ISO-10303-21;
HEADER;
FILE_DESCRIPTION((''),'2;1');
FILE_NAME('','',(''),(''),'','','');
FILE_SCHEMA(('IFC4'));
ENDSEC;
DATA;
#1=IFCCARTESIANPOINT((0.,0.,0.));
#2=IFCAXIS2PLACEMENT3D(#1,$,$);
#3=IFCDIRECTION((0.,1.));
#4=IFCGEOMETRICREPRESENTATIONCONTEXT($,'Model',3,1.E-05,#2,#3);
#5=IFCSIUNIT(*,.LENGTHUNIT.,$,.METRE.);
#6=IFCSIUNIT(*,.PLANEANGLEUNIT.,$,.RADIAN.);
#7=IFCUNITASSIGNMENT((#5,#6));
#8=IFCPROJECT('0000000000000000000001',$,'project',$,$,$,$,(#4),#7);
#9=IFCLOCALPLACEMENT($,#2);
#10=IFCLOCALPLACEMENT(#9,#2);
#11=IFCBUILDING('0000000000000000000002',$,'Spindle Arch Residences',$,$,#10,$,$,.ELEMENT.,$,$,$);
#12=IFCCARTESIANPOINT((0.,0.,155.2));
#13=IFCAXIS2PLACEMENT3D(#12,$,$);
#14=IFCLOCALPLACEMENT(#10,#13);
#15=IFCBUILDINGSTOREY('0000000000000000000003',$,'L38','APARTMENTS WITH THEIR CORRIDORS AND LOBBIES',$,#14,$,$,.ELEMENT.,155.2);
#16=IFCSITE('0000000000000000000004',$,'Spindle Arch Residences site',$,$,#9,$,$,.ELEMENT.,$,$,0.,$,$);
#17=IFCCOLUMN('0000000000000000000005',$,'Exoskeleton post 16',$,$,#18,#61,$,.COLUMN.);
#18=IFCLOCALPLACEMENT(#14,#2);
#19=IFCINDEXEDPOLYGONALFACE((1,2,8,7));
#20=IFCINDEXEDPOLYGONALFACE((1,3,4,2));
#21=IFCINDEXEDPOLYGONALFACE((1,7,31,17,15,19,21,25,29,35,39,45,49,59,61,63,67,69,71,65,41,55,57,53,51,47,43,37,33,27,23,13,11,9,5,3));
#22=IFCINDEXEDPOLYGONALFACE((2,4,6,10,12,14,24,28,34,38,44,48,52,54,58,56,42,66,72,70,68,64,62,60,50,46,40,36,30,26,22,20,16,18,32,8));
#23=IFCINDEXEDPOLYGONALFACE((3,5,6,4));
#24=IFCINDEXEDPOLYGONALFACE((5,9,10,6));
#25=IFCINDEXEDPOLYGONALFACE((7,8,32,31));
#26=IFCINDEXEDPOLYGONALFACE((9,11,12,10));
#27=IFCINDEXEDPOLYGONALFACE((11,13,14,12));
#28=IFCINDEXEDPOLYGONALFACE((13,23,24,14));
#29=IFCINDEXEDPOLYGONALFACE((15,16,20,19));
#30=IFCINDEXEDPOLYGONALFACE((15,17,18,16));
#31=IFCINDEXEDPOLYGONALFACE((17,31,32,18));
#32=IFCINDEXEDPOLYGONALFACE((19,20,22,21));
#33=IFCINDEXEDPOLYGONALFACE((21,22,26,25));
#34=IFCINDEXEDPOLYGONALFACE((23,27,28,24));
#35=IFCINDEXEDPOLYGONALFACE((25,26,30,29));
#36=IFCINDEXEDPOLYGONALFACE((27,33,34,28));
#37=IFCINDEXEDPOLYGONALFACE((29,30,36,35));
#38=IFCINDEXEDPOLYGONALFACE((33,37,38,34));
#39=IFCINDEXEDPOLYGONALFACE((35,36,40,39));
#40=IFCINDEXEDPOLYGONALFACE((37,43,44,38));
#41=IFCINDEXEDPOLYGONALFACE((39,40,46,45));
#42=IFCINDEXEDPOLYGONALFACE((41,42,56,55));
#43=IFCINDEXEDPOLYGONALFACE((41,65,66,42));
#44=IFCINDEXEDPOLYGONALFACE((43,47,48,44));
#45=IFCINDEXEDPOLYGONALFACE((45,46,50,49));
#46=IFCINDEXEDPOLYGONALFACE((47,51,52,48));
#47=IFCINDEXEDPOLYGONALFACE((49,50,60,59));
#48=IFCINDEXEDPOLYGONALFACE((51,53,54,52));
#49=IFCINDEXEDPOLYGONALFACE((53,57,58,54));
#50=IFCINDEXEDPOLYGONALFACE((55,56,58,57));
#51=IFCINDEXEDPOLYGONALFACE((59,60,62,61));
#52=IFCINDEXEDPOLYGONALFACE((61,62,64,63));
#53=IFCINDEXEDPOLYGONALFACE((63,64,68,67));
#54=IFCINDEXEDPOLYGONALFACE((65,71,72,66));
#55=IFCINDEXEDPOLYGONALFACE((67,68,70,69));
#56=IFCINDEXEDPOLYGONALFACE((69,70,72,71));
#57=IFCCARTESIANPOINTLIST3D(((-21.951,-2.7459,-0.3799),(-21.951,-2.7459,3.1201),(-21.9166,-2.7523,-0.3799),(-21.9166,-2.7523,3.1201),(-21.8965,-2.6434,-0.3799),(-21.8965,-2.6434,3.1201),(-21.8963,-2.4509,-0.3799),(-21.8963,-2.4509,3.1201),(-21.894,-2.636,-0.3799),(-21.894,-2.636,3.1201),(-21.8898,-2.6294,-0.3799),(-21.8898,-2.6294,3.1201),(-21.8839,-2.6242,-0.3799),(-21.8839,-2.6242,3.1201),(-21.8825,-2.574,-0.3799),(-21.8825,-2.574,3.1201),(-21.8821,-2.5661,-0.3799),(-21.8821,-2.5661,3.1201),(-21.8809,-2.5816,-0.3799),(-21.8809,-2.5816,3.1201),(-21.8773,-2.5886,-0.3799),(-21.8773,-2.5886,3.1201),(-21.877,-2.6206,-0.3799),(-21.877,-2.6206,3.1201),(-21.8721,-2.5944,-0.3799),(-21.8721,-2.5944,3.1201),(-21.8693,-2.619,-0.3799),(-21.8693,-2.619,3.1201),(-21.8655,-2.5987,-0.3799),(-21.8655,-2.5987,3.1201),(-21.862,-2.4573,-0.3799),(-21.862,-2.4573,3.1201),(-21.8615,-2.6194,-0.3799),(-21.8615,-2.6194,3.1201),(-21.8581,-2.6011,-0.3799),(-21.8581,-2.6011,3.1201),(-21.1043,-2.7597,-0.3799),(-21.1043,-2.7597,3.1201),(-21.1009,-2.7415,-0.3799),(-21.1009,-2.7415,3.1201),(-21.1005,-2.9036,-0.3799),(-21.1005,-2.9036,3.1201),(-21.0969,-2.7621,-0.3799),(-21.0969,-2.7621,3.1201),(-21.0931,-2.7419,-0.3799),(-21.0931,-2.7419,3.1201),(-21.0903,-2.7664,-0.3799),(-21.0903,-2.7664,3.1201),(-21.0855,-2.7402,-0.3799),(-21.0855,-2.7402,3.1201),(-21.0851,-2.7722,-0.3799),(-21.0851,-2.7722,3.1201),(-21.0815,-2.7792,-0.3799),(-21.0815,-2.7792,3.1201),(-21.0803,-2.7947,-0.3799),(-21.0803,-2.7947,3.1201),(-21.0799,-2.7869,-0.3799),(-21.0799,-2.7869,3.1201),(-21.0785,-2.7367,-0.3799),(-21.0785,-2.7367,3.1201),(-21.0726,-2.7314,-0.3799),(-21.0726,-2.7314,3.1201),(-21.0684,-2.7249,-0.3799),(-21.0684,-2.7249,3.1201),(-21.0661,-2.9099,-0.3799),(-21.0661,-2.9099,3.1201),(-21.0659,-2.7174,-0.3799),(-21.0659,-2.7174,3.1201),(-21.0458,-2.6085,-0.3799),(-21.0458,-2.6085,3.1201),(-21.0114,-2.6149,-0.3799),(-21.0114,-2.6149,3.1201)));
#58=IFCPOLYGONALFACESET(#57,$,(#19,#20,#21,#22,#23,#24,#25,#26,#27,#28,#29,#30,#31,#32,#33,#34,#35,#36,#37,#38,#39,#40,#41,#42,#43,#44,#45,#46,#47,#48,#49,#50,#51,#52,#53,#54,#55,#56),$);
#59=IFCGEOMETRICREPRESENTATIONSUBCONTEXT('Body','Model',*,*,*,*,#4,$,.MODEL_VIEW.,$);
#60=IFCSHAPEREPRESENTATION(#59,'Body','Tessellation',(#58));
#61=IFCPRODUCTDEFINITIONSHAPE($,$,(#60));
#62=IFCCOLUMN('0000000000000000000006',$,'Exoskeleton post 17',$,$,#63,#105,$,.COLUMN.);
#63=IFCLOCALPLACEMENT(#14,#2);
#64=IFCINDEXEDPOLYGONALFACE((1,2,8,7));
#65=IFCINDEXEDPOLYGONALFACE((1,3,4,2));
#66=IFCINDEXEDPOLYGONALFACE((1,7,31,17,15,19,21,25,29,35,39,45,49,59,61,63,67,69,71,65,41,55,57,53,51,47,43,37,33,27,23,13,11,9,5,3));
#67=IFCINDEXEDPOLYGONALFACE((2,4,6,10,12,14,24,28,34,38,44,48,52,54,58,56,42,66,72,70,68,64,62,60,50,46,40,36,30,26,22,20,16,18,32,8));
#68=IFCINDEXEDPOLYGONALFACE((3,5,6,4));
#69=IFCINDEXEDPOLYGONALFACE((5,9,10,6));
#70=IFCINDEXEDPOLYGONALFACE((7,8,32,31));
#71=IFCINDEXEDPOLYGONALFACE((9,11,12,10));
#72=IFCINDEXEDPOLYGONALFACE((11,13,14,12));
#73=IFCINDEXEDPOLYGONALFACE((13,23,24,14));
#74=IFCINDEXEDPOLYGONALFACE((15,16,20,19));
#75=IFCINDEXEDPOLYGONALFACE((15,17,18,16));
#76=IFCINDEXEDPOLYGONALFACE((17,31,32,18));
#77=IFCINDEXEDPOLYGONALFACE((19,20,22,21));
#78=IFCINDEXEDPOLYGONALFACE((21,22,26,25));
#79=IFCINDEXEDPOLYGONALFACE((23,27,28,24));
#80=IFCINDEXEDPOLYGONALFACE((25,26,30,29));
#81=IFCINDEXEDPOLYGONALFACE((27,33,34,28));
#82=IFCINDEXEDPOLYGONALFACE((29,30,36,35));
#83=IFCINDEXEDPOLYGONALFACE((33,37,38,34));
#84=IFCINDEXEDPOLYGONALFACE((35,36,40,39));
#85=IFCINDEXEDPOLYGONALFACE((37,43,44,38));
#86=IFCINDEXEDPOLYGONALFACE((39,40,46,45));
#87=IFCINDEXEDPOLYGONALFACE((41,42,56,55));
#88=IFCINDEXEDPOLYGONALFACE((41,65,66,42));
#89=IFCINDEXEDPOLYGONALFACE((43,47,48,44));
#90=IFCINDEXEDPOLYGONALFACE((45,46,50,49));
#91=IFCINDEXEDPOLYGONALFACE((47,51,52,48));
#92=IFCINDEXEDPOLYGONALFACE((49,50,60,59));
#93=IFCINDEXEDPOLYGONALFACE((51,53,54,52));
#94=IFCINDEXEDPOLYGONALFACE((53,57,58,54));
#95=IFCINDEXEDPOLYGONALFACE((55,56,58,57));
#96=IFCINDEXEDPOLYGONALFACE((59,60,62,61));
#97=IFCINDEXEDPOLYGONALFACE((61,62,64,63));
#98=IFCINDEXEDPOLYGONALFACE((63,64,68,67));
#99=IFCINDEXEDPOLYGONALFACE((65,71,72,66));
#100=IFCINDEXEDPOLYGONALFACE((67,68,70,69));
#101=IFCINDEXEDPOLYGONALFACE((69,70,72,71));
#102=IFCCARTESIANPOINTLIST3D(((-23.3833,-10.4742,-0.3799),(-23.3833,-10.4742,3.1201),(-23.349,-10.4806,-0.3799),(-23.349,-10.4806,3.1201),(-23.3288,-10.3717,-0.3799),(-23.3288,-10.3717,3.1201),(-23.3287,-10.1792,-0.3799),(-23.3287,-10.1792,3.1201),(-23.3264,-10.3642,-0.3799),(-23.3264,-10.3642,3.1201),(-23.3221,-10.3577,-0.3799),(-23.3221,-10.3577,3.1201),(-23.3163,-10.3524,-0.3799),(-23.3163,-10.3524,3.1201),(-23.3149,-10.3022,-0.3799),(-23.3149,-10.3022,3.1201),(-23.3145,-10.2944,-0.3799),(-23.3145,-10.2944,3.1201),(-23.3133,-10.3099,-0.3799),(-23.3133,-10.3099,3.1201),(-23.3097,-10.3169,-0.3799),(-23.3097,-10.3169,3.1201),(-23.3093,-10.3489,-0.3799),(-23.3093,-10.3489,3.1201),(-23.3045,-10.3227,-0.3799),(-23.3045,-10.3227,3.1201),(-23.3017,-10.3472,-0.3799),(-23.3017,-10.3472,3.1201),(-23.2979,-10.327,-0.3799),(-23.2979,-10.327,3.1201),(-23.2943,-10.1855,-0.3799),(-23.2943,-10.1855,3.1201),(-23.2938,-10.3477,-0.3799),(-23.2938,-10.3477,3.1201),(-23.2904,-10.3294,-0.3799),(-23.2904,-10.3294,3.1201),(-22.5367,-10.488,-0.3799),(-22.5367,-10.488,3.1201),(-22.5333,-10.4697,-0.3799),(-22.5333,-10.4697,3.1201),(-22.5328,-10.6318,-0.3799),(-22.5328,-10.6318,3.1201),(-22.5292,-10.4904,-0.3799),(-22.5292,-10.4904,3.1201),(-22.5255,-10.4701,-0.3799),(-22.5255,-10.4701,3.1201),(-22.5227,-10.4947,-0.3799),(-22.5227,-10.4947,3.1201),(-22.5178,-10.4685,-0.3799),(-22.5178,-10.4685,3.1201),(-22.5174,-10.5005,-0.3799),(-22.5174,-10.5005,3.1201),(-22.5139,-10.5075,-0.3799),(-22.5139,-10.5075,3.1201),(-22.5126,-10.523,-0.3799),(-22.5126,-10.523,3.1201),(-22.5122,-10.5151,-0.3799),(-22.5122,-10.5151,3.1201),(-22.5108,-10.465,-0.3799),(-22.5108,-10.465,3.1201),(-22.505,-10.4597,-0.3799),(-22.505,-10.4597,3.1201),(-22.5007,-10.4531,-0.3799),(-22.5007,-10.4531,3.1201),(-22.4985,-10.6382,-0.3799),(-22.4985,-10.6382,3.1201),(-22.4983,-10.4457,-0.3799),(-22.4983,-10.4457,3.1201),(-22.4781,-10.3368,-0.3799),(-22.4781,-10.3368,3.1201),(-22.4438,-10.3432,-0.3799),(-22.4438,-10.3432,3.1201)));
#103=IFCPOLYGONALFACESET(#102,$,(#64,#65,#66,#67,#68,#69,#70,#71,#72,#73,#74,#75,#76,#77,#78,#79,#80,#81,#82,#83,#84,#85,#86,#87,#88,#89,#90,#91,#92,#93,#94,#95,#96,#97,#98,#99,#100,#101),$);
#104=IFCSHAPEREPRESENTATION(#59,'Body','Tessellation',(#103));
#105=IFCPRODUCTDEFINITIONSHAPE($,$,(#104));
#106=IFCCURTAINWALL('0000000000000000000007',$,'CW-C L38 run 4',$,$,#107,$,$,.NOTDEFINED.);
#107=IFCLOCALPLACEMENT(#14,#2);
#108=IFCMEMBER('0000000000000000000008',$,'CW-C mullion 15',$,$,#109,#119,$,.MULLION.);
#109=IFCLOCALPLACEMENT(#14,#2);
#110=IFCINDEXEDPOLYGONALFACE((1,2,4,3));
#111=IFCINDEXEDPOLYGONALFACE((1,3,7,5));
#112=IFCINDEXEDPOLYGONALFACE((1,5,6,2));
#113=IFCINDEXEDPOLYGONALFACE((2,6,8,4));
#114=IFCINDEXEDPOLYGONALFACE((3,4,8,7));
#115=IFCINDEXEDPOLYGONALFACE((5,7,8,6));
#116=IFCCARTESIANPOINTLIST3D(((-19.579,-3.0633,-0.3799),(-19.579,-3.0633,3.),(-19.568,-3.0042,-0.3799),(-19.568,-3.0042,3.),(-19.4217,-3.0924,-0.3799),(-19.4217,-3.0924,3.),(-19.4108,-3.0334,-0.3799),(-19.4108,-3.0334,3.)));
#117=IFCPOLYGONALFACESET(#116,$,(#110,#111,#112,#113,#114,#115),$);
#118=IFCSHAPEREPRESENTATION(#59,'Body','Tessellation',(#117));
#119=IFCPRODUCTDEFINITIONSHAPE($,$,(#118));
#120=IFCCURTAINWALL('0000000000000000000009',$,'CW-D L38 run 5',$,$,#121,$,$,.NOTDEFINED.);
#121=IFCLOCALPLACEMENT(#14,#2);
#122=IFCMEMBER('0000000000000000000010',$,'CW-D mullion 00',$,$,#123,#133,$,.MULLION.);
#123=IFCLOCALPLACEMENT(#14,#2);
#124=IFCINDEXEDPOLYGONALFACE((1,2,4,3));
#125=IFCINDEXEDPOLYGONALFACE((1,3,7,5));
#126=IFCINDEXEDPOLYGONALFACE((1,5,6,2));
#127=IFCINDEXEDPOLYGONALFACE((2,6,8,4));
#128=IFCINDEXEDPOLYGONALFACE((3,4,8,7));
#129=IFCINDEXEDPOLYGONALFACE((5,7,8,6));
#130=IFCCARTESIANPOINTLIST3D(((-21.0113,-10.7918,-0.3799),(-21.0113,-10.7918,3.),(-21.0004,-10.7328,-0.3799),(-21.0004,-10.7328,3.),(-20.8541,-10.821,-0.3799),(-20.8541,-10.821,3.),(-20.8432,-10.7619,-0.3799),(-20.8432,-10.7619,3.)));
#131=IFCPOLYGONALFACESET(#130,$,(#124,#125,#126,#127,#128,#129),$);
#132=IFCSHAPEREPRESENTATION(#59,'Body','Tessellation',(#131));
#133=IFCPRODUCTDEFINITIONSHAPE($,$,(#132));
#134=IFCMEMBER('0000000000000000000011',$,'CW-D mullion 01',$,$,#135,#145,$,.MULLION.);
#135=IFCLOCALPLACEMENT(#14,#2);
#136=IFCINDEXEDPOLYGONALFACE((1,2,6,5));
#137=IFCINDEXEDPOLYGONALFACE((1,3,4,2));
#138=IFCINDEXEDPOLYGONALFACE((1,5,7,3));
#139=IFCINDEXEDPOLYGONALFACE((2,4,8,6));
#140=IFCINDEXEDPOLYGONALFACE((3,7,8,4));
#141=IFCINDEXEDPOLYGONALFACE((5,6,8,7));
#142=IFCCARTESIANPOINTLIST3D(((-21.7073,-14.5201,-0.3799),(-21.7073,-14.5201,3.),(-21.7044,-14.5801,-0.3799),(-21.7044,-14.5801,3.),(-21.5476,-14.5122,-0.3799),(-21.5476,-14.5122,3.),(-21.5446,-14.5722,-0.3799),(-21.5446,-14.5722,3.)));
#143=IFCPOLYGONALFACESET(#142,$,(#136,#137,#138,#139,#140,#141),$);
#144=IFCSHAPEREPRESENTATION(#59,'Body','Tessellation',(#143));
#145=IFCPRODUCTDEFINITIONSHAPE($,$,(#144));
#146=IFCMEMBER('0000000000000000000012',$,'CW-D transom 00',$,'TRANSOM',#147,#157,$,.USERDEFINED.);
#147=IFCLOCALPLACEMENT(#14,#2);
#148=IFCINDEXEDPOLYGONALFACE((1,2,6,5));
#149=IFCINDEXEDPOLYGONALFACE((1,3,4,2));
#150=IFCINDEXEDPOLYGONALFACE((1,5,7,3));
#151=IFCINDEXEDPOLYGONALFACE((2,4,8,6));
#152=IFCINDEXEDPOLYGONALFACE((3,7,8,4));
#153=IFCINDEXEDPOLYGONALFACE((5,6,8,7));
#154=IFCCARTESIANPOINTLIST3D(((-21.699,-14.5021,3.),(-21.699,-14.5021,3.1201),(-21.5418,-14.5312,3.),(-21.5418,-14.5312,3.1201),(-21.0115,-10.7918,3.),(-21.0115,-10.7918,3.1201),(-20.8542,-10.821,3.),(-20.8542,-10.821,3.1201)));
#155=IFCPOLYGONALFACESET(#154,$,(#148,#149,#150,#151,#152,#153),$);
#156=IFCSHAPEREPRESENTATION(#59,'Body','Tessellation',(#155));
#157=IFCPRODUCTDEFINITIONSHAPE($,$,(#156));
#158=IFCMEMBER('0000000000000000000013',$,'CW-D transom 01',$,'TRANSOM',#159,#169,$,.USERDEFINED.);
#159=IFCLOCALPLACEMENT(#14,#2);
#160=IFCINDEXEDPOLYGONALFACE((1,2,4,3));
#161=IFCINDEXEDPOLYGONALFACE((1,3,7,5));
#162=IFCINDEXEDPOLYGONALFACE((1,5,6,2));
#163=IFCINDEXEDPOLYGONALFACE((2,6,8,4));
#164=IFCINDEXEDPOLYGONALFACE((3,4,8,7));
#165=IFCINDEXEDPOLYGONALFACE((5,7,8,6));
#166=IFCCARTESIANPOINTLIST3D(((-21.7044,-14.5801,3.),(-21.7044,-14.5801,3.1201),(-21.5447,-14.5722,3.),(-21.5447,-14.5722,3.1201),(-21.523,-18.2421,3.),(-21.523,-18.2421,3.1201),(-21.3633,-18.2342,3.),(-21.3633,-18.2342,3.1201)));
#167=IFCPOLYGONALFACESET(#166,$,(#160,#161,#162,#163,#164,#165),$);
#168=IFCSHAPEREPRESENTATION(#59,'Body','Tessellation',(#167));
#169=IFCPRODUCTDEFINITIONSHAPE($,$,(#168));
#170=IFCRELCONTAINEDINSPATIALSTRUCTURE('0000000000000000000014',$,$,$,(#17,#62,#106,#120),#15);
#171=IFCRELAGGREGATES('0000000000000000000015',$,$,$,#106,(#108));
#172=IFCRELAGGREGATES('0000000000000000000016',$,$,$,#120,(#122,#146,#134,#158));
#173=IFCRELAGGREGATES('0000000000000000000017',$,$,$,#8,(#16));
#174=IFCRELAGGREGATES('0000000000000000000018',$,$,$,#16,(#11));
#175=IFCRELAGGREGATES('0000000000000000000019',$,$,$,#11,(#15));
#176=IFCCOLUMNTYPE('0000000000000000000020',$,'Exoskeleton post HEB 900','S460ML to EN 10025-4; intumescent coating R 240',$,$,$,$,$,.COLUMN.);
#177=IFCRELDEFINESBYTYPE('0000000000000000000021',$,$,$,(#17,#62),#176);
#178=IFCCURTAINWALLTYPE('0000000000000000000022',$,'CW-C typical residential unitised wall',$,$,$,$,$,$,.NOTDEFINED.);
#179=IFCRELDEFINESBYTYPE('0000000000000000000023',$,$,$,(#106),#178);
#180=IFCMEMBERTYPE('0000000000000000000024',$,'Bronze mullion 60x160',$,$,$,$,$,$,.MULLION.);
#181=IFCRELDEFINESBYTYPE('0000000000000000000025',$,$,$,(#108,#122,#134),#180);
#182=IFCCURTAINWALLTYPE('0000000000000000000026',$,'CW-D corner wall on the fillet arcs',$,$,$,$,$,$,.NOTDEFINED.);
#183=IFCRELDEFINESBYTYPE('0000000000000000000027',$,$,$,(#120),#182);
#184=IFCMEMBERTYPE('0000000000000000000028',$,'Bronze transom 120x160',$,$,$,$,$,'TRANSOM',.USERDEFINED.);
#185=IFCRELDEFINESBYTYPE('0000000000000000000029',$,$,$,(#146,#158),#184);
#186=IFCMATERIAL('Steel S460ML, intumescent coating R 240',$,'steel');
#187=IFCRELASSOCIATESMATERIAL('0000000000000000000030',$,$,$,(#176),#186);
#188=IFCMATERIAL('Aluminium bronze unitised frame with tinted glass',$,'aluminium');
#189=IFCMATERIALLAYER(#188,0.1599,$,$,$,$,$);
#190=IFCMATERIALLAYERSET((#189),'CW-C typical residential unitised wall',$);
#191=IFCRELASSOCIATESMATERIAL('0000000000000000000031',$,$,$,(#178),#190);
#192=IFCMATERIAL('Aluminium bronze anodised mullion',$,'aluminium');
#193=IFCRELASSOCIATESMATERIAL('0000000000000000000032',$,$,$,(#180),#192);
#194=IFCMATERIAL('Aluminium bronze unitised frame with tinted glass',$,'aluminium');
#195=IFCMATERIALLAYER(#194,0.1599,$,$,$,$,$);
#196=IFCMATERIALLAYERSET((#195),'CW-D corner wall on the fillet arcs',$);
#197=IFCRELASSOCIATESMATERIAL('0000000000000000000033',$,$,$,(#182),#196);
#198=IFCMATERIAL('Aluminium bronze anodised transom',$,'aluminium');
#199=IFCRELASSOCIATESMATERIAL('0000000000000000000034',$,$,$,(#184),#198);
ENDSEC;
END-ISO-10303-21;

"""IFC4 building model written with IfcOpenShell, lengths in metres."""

from ifc_helpers import new_model, si_unit, direction, frame, origin, origin_2d, place, context, subcontext, project, spatial, rectangle, i_section, extrude, material, layer, layer_set, material_profile, profile_set, type_object, element, aggregate, save


model = new_model("IFC4")

# Units and contexts
model_context = context("Model", 3, precision=1e-05, world=origin(), true_north=direction((0.0, 1.0)))
body_context = subcontext(model_context, "Body", "Model", "MODEL_VIEW")
ifc_project = project(units=[si_unit("LENGTHUNIT", "METRE"), si_unit("PLANEANGLEUNIT", "RADIAN")], contexts=[model_context])

# Site, building, storey
site_placement = place(None, origin())
site = spatial("IfcSite", under=ifc_project, at=site_placement, Name="Spindle Arch Residences site", CompositionType="ELEMENT", RefElevation=0.0)
building_placement = place(site_placement, origin())
building = spatial("IfcBuilding", under=site, at=building_placement, Name="Spindle Arch Residences", CompositionType="ELEMENT")
storey_placement = place(building_placement, frame((0.0, 0.0, 155.2)))
storey = spatial("IfcBuildingStorey", under=building, at=storey_placement, Name="L38", Description="APARTMENTS WITH THEIR CORRIDORS AND LOBBIES", CompositionType="ELEMENT", Elevation=155.2)

# Columns
ifc_material_1 = material(Name="Steel S460ML, intumescent coating R 240", Category="steel")
ifc_material_profile_1 = material_profile(ifc_material_1, i_section(OverallWidth=0.3, OverallDepth=0.8999, WebThickness=0.0186, FlangeThickness=0.0349, FilletRadius=0.03, at=origin_2d()), Name="HEB 900")
ifc_profile_set_1 = profile_set([ifc_material_profile_1], Name="Steel S460ML, intumescent coating R 240")
column_type = type_object("IfcColumnType", Name="Exoskeleton post HEB 900", Description="S460ML to EN 10025-4; intumescent coating R 240", PredefinedType="COLUMN", material=ifc_profile_set_1)
for number, where, z_axis, x_axis, name in (
    (1, (-21.4812, -2.6804, -0.3799), (0.0, 0.0, 1.0), (0.182236, 0.983255, 0.0), "Exoskeleton post 16"),
    (2, (-22.9136, -10.4087, -0.3799), (0.0, 0.0, 1.0), (0.182236, 0.983255, 0.0), "Exoskeleton post 17"),
):
    element("IfcColumn", number, at=place(storey_placement, frame(where, z_axis=z_axis, x_axis=x_axis)), inside=storey, type_object=column_type, Name=name, PredefinedType="COLUMN", context=body_context, shape_type="SweptSolid", body=[
        extrude(i_section(OverallWidth=0.3, OverallDepth=0.8999, WebThickness=0.0186, FlangeThickness=0.0349, FilletRadius=0.03, at=origin_2d()), origin(), (0.0, 0.0, 1.0), 3.5),
    ])

# Curtain wall, member
ifc_material_2 = material(Name="Aluminium bronze unitised frame with tinted glass", Category="aluminium")
ifc_layer_1 = layer(ifc_material_2, 0.1599)
ifc_layer_set_1 = layer_set([ifc_layer_1], Name="CW-C typical residential unitised wall")
curtain_wall_type_1 = type_object("IfcCurtainWallType", Name="CW-C typical residential unitised wall", PredefinedType="NOTDEFINED", material=ifc_layer_set_1)
curtain_wall_1_placement = place(storey_placement, origin())
curtain_wall_1 = element("IfcCurtainWall", 3, at=curtain_wall_1_placement, inside=storey, type_object=curtain_wall_type_1, Name="CW-C L38 run 4", PredefinedType="NOTDEFINED")
ifc_material_3 = material(Name="Aluminium bronze anodised mullion", Category="aluminium")
ifc_material_profile_2 = material_profile(ifc_material_3, rectangle(XDim=0.1599, YDim=0.0601, at=origin_2d()), Name="MU 60x160")
ifc_profile_set_2 = profile_set([ifc_material_profile_2], Name="Aluminium bronze anodised mullion")
member_type_1 = type_object("IfcMemberType", Name="Bronze mullion 60x160", PredefinedType="MULLION", material=ifc_profile_set_2)
member_1_placement = place(storey_placement, frame((-19.4949, -3.0483, -0.3799), z_axis=(0.0, 0.0, 1.0), x_axis=(0.983255, -0.182236, 0.0)))
member_1 = element("IfcMember", 4, at=member_1_placement, type_object=member_type_1, Name="CW-C mullion 15", PredefinedType="MULLION", context=body_context, shape_type="SweptSolid", body=[
    extrude(rectangle(XDim=0.1599, YDim=0.0601, at=origin_2d()), origin(), (0.0, 0.0, 1.0), 3.3799),
])

# Curtain wall, members
ifc_material_4 = material(Name="Aluminium bronze unitised frame with tinted glass", Category="aluminium")
ifc_layer_2 = layer(ifc_material_4, 0.1599)
ifc_layer_set_2 = layer_set([ifc_layer_2], Name="CW-D corner wall on the fillet arcs")
curtain_wall_type_2 = type_object("IfcCurtainWallType", Name="CW-D corner wall on the fillet arcs", PredefinedType="NOTDEFINED", material=ifc_layer_set_2)
curtain_wall_2_placement = place(storey_placement, origin())
curtain_wall_2 = element("IfcCurtainWall", 5, at=curtain_wall_2_placement, inside=storey, type_object=curtain_wall_type_2, Name="CW-D L38 run 5", PredefinedType="NOTDEFINED")
member_2_placement = place(storey_placement, frame((-20.9272, -10.7769, -0.3799), z_axis=(0.0, 0.0, 1.0), x_axis=(0.983255, -0.182236, 0.0)))
member_2 = element("IfcMember", 6, at=member_2_placement, type_object=member_type_1, Name="CW-D mullion 00", PredefinedType="MULLION", context=body_context, shape_type="SweptSolid", body=[
    extrude(rectangle(XDim=0.1599, YDim=0.0601, at=origin_2d()), origin(), (0.0, 0.0, 1.0), 3.3799),
])
member_3_placement = place(storey_placement, frame((-21.626, -14.5461, -0.3799), z_axis=(0.0, 0.0, 1.0), x_axis=(0.998778, 0.049431, 0.0)))
member_3 = element("IfcMember", 7, at=member_3_placement, type_object=member_type_1, Name="CW-D mullion 01", PredefinedType="MULLION", context=body_context, shape_type="SweptSolid", body=[
    extrude(rectangle(XDim=0.1599, YDim=0.0601, at=origin_2d()), origin(), (0.0, 0.0, 1.0), 3.3799),
])
ifc_material_5 = material(Name="Aluminium bronze anodised transom", Category="aluminium")
ifc_material_profile_3 = material_profile(ifc_material_5, rectangle(XDim=0.1599, YDim=0.1201, at=origin_2d()), Name="TR 120x160")
ifc_profile_set_3 = profile_set([ifc_material_profile_3], Name="Aluminium bronze anodised transom")
member_type_2 = type_object("IfcMemberType", Name="Bronze transom 120x160", ElementType="TRANSOM", PredefinedType="USERDEFINED", material=ifc_profile_set_3)
member_4_placement = place(storey_placement, frame((-20.9329, -10.8064, 3.0601), z_axis=(-0.182198, -0.983262, 0.0), x_axis=(0.983262, -0.182198, 0.0)))
member_4 = element("IfcMember", 8, at=member_4_placement, type_object=member_type_2, Name="CW-D transom 00", ObjectType="TRANSOM", PredefinedType="USERDEFINED", context=body_context, shape_type="SweptSolid", body=[
    extrude(rectangle(XDim=0.1599, YDim=0.1201, at=origin_2d()), origin(), (0.0, 0.0, 1.0), 3.7734),
])
member_5_placement = place(storey_placement, frame((-21.6245, -14.5762, 3.0601), z_axis=(0.049473, -0.998775, 0.0), x_axis=(0.998775, 0.049473, 0.0)))
member_5 = element("IfcMember", 9, at=member_5_placement, type_object=member_type_2, Name="CW-D transom 01", ObjectType="TRANSOM", PredefinedType="USERDEFINED", context=body_context, shape_type="SweptSolid", body=[
    extrude(rectangle(XDim=0.1599, YDim=0.1201, at=origin_2d()), origin(), (0.0, 0.0, 1.0), 3.6665),
])

aggregate(curtain_wall_1, [member_1])
aggregate(curtain_wall_2, [member_2, member_4, member_3, member_5])

save(model, "model.ifc")
